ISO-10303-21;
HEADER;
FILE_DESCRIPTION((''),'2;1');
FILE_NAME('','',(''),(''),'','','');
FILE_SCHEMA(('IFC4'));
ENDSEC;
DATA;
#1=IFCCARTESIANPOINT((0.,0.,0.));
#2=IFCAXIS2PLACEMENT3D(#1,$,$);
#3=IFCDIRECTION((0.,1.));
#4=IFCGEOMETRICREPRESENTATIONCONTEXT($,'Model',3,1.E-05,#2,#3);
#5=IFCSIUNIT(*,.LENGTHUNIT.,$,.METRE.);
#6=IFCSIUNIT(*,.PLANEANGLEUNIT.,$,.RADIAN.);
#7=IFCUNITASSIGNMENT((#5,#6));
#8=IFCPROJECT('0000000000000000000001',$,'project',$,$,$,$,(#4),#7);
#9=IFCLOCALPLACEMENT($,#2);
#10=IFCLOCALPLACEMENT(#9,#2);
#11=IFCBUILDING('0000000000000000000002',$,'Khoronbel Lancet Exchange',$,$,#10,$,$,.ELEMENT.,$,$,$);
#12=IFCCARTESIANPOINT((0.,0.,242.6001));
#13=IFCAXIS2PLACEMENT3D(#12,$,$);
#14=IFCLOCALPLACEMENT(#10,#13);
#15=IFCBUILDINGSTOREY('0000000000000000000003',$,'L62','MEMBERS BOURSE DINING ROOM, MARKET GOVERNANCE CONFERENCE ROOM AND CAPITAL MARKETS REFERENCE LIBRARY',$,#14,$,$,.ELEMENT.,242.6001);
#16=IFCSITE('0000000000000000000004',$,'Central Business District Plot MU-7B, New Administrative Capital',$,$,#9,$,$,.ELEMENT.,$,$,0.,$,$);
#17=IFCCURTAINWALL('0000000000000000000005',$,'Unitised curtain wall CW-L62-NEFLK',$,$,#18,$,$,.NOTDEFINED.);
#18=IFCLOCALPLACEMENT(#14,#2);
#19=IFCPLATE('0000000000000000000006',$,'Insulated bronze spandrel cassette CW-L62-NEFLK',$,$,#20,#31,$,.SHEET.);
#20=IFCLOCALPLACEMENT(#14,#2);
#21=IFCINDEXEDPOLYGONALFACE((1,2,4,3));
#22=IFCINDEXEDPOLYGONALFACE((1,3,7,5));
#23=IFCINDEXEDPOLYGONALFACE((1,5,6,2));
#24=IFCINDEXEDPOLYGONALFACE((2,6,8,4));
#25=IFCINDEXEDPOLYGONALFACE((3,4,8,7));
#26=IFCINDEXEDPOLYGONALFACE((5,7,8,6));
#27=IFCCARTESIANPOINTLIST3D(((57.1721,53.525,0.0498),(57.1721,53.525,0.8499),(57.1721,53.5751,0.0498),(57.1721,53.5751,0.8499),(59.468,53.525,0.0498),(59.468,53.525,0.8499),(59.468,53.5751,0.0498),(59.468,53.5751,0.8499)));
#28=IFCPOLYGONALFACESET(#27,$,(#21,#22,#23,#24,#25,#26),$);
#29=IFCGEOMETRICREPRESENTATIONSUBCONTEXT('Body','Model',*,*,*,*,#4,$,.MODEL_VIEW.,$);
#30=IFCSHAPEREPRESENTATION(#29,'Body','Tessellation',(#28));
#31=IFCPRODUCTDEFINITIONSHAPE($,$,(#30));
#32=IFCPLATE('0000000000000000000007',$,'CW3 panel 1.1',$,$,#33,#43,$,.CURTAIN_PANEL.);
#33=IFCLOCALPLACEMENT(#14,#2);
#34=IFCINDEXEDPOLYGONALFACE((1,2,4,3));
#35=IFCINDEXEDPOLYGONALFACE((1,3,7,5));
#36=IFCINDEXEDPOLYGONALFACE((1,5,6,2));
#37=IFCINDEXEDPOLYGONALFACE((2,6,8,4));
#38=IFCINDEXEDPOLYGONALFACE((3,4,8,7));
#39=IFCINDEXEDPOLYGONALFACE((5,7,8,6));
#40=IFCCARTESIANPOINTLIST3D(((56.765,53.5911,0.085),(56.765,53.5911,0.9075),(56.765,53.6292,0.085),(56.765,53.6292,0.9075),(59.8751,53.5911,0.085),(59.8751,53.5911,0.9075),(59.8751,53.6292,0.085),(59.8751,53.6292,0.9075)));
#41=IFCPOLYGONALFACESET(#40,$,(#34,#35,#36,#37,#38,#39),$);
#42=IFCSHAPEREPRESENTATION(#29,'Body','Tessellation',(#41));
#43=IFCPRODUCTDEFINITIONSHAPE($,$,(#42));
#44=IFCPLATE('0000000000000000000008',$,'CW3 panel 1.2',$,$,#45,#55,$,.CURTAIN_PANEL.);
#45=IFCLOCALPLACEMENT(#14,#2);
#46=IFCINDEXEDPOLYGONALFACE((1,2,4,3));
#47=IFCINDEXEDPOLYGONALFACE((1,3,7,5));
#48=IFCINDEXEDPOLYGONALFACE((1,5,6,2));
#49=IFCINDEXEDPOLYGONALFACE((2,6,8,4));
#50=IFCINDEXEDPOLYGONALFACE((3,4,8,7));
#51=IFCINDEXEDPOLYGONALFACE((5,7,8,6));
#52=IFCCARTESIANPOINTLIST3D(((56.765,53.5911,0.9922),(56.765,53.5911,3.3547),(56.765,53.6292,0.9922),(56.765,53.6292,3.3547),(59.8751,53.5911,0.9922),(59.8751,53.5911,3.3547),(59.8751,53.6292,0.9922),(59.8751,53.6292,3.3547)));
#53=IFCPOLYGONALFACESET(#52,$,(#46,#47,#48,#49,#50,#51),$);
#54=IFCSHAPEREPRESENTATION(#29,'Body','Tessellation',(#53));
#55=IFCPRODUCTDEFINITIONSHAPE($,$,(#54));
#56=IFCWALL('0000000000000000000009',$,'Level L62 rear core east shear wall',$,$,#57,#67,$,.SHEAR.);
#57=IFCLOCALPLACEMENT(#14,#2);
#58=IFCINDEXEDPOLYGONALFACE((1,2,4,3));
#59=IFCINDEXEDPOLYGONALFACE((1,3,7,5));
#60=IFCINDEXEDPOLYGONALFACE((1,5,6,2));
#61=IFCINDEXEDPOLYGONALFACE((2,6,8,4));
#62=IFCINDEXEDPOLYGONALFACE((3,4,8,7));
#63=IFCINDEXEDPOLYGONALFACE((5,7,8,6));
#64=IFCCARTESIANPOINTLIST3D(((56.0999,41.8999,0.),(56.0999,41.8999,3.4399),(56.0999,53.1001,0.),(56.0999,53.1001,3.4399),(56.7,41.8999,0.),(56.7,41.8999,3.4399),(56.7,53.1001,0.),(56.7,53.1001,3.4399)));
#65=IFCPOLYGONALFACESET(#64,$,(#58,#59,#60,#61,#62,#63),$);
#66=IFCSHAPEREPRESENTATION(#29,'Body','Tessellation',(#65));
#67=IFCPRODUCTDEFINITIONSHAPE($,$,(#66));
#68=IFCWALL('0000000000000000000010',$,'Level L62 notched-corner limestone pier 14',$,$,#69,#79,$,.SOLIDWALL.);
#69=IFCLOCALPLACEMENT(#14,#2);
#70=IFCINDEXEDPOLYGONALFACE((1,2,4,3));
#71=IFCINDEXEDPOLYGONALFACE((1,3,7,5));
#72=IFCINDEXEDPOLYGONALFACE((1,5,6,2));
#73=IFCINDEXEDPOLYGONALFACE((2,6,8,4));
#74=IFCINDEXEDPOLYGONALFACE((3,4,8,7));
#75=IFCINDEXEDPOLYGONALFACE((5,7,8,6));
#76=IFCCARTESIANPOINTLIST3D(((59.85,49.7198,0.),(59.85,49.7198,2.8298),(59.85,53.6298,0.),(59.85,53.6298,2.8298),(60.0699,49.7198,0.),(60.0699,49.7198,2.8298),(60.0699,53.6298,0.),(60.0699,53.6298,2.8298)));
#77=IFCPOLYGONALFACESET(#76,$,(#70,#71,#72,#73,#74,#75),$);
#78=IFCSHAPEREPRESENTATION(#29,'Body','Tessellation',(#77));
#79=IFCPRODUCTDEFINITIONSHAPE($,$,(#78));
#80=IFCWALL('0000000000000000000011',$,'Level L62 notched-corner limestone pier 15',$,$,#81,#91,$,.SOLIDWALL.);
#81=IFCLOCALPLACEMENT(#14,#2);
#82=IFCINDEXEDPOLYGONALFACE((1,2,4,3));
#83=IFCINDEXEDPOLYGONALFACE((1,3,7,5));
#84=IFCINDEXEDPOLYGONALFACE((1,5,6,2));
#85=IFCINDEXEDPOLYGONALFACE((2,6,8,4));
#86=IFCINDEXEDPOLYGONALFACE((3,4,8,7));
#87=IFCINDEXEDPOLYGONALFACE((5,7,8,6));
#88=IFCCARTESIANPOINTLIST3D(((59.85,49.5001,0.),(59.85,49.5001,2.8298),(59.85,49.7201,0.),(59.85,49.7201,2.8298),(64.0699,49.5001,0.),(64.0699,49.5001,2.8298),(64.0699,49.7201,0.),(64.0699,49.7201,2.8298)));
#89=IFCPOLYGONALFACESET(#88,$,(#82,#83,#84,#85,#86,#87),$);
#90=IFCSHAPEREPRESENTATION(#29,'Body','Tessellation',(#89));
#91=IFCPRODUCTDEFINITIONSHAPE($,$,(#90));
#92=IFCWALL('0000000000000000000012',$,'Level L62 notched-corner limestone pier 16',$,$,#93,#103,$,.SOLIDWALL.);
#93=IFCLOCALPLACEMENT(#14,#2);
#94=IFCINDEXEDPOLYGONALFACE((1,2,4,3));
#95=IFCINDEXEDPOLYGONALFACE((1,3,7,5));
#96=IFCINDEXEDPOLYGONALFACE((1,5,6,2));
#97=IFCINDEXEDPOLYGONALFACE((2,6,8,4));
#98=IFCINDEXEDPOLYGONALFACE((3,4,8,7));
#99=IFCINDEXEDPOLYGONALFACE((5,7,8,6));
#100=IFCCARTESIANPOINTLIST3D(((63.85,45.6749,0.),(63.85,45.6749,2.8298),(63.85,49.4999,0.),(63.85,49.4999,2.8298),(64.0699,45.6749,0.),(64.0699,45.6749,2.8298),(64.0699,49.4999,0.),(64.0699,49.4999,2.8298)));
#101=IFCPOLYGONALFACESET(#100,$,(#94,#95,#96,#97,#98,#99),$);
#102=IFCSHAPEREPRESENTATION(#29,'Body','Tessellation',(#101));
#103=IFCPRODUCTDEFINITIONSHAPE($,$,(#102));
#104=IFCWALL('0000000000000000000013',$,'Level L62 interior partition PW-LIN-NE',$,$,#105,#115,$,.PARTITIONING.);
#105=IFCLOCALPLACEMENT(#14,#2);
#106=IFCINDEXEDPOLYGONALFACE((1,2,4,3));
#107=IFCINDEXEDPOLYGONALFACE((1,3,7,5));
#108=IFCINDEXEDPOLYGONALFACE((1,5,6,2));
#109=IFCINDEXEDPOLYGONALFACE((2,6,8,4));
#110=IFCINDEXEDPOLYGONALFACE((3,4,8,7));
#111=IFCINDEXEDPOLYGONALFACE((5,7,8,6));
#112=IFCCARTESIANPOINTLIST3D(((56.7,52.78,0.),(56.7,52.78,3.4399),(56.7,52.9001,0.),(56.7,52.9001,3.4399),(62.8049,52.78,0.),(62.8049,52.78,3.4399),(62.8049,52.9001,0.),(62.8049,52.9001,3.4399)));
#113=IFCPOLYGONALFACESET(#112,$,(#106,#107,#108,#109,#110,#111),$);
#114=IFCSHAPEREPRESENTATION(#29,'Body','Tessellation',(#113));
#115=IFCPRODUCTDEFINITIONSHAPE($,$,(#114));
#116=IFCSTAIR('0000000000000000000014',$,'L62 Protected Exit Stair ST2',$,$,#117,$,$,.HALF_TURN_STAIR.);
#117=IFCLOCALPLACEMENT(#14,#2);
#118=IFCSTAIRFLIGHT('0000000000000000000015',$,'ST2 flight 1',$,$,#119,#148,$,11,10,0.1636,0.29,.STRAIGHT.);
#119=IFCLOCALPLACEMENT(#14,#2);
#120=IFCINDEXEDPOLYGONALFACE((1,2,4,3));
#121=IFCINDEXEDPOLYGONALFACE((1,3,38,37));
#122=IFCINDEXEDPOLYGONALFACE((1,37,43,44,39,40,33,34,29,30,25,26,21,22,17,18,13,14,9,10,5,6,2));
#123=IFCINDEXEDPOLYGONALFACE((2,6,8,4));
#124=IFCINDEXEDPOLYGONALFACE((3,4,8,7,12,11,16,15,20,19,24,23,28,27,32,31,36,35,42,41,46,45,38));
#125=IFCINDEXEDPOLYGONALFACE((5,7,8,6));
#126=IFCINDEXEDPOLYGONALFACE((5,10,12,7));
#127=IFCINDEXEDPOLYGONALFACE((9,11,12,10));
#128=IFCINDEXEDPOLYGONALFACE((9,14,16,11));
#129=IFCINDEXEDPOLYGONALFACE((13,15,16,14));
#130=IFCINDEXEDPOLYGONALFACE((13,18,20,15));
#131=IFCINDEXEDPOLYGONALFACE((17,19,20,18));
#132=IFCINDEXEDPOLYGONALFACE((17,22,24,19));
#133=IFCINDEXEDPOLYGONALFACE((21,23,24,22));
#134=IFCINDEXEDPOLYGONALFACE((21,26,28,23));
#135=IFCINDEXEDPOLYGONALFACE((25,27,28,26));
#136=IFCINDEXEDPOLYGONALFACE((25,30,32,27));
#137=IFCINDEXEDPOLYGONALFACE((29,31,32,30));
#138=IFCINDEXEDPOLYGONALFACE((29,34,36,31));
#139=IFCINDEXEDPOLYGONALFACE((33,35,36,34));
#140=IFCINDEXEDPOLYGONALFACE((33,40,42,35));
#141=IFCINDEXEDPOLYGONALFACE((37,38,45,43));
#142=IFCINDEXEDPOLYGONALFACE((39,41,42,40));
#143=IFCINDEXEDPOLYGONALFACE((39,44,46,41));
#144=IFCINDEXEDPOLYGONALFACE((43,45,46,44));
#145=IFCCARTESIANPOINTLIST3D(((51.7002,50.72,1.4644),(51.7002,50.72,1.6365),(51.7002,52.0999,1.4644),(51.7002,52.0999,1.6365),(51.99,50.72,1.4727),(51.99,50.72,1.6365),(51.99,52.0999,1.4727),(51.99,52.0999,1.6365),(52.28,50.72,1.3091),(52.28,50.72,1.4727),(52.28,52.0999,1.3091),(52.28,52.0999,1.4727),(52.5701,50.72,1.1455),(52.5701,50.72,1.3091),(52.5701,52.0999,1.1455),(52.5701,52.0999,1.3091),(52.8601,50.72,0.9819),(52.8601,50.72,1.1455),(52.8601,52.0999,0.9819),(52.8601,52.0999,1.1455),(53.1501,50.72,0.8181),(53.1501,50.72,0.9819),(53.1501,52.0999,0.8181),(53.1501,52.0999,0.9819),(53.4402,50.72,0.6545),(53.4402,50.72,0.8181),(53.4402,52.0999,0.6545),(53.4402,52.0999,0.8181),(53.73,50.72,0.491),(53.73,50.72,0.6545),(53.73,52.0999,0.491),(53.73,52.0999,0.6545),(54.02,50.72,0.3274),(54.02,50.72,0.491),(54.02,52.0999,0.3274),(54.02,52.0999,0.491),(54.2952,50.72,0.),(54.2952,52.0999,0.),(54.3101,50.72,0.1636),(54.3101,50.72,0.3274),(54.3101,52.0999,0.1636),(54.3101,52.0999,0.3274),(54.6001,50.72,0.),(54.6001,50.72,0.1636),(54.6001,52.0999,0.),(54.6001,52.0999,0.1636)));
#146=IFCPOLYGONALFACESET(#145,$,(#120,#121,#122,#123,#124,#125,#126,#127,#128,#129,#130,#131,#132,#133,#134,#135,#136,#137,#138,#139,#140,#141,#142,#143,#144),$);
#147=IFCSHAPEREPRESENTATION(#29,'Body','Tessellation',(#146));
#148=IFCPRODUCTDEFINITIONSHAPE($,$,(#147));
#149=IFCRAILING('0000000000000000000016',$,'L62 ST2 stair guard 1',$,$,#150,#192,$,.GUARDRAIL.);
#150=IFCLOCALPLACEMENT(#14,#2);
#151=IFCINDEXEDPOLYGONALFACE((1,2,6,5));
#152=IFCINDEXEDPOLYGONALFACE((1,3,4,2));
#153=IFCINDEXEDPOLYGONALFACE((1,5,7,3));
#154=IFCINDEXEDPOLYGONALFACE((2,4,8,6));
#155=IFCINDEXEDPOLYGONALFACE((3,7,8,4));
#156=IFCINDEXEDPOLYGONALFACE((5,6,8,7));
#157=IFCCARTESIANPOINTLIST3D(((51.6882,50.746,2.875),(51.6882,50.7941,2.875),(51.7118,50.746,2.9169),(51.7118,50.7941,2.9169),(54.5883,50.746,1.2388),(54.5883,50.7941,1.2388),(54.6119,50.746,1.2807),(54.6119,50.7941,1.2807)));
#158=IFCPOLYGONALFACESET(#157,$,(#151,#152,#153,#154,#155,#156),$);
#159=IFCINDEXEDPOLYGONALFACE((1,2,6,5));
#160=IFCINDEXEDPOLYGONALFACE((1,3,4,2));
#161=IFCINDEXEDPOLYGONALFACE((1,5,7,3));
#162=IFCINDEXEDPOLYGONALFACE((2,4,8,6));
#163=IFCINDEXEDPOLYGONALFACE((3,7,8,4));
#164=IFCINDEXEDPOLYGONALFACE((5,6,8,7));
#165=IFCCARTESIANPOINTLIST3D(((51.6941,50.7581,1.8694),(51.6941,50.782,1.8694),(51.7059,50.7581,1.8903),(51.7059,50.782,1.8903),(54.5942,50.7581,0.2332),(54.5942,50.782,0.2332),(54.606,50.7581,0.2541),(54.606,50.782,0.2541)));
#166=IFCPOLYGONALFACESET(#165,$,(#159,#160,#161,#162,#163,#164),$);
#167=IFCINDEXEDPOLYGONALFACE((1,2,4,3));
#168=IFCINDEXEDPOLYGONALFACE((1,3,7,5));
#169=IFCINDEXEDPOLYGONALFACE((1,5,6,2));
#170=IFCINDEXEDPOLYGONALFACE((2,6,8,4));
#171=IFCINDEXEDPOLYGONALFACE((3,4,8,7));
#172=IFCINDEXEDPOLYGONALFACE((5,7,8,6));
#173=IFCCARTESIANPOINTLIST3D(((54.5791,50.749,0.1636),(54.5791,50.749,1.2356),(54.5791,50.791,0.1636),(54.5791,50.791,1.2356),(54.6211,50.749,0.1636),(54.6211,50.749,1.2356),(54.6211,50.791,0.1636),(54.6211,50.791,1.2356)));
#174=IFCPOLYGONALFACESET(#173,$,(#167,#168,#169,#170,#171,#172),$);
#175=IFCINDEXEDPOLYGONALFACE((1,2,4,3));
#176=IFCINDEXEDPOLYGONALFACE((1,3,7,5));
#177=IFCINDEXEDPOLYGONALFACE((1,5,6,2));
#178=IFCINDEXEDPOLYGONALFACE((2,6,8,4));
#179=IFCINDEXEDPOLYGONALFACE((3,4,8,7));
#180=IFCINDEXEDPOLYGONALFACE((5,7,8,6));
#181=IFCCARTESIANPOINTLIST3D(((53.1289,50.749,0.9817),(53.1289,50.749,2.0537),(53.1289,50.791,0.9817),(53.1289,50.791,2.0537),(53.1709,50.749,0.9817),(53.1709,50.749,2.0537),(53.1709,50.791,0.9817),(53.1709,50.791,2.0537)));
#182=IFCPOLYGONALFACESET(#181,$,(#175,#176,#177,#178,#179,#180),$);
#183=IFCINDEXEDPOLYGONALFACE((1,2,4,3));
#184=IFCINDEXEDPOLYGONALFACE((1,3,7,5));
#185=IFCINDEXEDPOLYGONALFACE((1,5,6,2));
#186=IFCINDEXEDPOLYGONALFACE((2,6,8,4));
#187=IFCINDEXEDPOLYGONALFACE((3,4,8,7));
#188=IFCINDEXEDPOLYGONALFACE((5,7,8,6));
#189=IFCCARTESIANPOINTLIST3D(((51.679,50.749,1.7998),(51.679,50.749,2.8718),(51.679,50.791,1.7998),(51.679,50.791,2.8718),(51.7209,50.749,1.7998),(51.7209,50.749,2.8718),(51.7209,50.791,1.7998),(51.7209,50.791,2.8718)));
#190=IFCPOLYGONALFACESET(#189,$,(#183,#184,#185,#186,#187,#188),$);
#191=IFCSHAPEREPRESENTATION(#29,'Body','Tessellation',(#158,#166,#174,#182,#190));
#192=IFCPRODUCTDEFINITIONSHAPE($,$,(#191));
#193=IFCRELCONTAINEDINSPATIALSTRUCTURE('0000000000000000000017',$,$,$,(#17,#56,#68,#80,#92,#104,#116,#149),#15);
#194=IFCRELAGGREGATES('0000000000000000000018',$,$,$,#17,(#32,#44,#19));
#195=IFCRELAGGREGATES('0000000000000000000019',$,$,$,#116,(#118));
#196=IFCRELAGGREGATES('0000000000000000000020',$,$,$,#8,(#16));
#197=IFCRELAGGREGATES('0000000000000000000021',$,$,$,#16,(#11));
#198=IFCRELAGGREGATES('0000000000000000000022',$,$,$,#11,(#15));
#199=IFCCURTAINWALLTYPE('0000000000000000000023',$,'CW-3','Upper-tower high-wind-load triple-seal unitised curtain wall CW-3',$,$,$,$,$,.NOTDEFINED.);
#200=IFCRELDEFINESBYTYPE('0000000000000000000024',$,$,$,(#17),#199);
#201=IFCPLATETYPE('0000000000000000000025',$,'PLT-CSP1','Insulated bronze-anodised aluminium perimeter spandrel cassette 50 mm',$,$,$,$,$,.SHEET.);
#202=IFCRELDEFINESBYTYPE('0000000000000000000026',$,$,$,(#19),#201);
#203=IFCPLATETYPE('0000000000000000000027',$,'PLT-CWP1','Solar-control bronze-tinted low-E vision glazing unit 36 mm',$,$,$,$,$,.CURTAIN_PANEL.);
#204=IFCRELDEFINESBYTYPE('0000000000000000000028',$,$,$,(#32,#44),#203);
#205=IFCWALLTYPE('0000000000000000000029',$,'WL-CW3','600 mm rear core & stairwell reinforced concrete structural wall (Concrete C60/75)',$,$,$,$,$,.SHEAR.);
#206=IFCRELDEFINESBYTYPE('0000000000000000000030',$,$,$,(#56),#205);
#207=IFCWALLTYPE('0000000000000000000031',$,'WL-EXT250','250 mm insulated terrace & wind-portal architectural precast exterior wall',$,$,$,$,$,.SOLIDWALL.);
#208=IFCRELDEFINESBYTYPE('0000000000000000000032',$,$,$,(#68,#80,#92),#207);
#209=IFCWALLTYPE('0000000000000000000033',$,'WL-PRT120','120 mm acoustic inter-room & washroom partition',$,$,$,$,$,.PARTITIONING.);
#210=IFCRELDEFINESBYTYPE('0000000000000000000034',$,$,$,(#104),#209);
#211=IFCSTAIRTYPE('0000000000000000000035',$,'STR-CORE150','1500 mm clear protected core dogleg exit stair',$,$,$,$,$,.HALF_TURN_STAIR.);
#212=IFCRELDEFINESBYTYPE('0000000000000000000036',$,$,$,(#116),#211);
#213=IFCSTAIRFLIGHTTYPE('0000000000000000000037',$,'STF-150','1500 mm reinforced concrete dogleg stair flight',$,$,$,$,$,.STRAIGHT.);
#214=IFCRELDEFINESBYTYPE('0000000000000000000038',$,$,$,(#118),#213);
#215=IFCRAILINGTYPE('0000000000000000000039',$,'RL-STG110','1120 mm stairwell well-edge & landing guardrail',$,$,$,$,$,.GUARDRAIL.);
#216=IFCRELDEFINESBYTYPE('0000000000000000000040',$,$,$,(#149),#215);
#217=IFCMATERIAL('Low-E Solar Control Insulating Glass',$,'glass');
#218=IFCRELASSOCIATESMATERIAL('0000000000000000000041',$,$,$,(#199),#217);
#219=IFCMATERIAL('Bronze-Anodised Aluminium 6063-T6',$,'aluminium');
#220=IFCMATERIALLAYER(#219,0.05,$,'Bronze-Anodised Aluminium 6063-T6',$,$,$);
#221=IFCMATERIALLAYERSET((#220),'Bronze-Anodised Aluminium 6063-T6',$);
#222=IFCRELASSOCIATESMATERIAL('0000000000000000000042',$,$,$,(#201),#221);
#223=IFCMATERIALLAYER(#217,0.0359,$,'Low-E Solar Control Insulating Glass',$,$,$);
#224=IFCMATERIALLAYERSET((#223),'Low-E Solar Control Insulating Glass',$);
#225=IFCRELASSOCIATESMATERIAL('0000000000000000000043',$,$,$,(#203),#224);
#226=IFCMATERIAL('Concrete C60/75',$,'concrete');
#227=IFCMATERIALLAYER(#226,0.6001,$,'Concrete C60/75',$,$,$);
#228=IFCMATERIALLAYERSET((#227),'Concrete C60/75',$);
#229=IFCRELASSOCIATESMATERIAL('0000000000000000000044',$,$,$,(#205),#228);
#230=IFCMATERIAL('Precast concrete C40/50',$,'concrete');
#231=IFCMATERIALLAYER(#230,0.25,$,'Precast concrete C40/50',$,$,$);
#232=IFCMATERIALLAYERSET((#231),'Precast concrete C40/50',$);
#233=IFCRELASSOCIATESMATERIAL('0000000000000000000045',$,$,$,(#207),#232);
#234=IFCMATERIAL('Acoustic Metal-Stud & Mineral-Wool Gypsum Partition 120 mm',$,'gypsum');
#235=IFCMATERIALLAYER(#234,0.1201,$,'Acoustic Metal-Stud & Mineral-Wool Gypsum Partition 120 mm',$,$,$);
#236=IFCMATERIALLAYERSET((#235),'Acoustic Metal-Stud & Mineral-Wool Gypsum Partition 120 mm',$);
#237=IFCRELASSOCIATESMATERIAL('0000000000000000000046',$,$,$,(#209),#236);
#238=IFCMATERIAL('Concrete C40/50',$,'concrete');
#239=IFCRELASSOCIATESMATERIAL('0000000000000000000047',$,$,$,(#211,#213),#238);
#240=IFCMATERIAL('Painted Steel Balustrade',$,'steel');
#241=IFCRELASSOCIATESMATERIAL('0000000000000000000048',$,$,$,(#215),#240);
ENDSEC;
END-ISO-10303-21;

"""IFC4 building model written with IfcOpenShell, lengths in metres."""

from ifc_helpers import new_model, si_unit, direction, frame, frame_2d, origin, origin_2d, place, context, subcontext, project, spatial, polyline, rectangle, outline, extrude, material, layer, layer_set, type_object, element, aggregate, save


model = new_model("IFC4")

# Units and contexts
model_context = context("Model", 3, precision=1e-05, world=origin(), true_north=direction((0.0, 1.0)))
body_context = subcontext(model_context, "Body", "Model", "MODEL_VIEW")
ifc_project = project(units=[si_unit("LENGTHUNIT", "METRE"), si_unit("PLANEANGLEUNIT", "RADIAN")], contexts=[model_context])

# Site, building, storey
site_placement = place(None, origin())
site = spatial("IfcSite", under=ifc_project, at=site_placement, Name="Central Business District Plot MU-7B, New Administrative Capital", CompositionType="ELEMENT", RefElevation=0.0)
building_placement = place(site_placement, origin())
building = spatial("IfcBuilding", under=site, at=building_placement, Name="Khoronbel Lancet Exchange", CompositionType="ELEMENT")
storey_placement = place(building_placement, frame((0.0, 0.0, 242.6001)))
storey = spatial("IfcBuildingStorey", under=building, at=storey_placement, Name="L62", Description="MEMBERS BOURSE DINING ROOM, MARKET GOVERNANCE CONFERENCE ROOM AND CAPITAL MARKETS REFERENCE LIBRARY", CompositionType="ELEMENT", Elevation=242.6001)

# Curtain wall, plates
ifc_material_1 = material(Name="Low-E Solar Control Insulating Glass", Category="glass")
curtain_wall_type = type_object("IfcCurtainWallType", Name="CW-3", Description="Upper-tower high-wind-load triple-seal unitised curtain wall CW-3", PredefinedType="NOTDEFINED", material=ifc_material_1)
curtain_wall_placement = place(storey_placement, origin())
curtain_wall = element("IfcCurtainWall", 1, at=curtain_wall_placement, inside=storey, type_object=curtain_wall_type, Name="Unitised curtain wall CW-L62-NEFLK", PredefinedType="NOTDEFINED")
ifc_material_2 = material(Name="Bronze-Anodised Aluminium 6063-T6", Category="aluminium")
ifc_layer_1 = layer(ifc_material_2, 0.05, Name="Bronze-Anodised Aluminium 6063-T6")
ifc_layer_set_1 = layer_set([ifc_layer_1], Name="Bronze-Anodised Aluminium 6063-T6")
plate_type_1 = type_object("IfcPlateType", Name="PLT-CSP1", Description="Insulated bronze-anodised aluminium perimeter spandrel cassette 50 mm", PredefinedType="SHEET", material=ifc_layer_set_1)
plate_1_placement = place(storey_placement, frame((58.3201, 53.55, 0.0498), z_axis=(0.0, 0.0, 1.0), x_axis=(-1.0, 0.0, 0.0)))
plate_1 = element("IfcPlate", 2, at=plate_1_placement, type_object=plate_type_1, Name="Insulated bronze spandrel cassette CW-L62-NEFLK", PredefinedType="SHEET", context=body_context, shape_type="SweptSolid", body=[
    extrude(rectangle(XDim=2.2959, YDim=0.05, at=origin_2d()), origin(), (0.0, 0.0, 1.0), 0.8),
])
ifc_layer_2 = layer(ifc_material_1, 0.0359, Name="Low-E Solar Control Insulating Glass")
ifc_layer_set_2 = layer_set([ifc_layer_2], Name="Low-E Solar Control Insulating Glass")
plate_type_2 = type_object("IfcPlateType", Name="PLT-CWP1", Description="Solar-control bronze-tinted low-E vision glazing unit 36 mm", PredefinedType="CURTAIN_PANEL", material=ifc_layer_set_2)
plate_2_placement = place(storey_placement, frame((58.3201, 53.6101, 0.085), z_axis=(0.0, 0.0, 1.0), x_axis=(-1.0, 0.0, 0.0)))
plate_2 = element("IfcPlate", 3, at=plate_2_placement, type_object=plate_type_2, Name="CW3 panel 1.1", PredefinedType="CURTAIN_PANEL", context=body_context, shape_type="SweptSolid", body=[
    extrude(rectangle(XDim=3.1101, YDim=0.0381, at=origin_2d()), origin(), (0.0, 0.0, 1.0), 0.8225),
])
plate_3_placement = place(storey_placement, frame((58.3201, 53.6101, 0.9922), z_axis=(0.0, 0.0, 1.0), x_axis=(-1.0, 0.0, 0.0)))
plate_3 = element("IfcPlate", 4, at=plate_3_placement, type_object=plate_type_2, Name="CW3 panel 1.2", PredefinedType="CURTAIN_PANEL", context=body_context, shape_type="SweptSolid", body=[
    extrude(rectangle(XDim=3.1101, YDim=0.0381, at=origin_2d()), origin(), (0.0, 0.0, 1.0), 2.3625),
])
aggregate(curtain_wall, [plate_2, plate_3, plate_1])

# Walls
ifc_material_3 = material(Name="Concrete C60/75", Category="concrete")
ifc_layer_3 = layer(ifc_material_3, 0.6001, Name="Concrete C60/75")
ifc_layer_set_3 = layer_set([ifc_layer_3], Name="Concrete C60/75")
wall_type_1 = type_object("IfcWallType", Name="WL-CW3", Description="600 mm rear core & stairwell reinforced concrete structural wall (Concrete C60/75)", PredefinedType="SHEAR", material=ifc_layer_set_3)
wall_1_placement = place(storey_placement, frame((56.3999, 53.1001, 0.0), z_axis=(0.0, 0.0, 1.0), x_axis=(0.0, -1.0, 0.0)))
element("IfcWall", 5, at=wall_1_placement, inside=storey, type_object=wall_type_1, Name="Level L62 rear core east shear wall", PredefinedType="SHEAR", context=body_context, shape_type="SweptSolid", body=[
    extrude(rectangle(XDim=11.2002, YDim=0.6001, at=frame_2d((5.6001, 0.0))), origin(), (0.0, 0.0, 1.0), 3.4399),
])
ifc_material_4 = material(Name="Precast concrete C40/50", Category="concrete")
ifc_layer_4 = layer(ifc_material_4, 0.25, Name="Precast concrete C40/50")
ifc_layer_set_4 = layer_set([ifc_layer_4], Name="Precast concrete C40/50")
wall_type_2 = type_object("IfcWallType", Name="WL-EXT250", Description="250 mm insulated terrace & wind-portal architectural precast exterior wall", PredefinedType="SOLIDWALL", material=ifc_layer_set_4)
wall_2_placement = place(storey_placement, frame((59.96, 53.6299, 0.0), z_axis=(0.0, 0.0, 1.0), x_axis=(0.0, -1.0, 0.0)))
element("IfcWall", 6, at=wall_2_placement, inside=storey, type_object=wall_type_2, Name="Level L62 notched-corner limestone pier 14", PredefinedType="SOLIDWALL", context=body_context, shape_type="SweptSolid", body=[
    extrude(rectangle(XDim=3.9099, YDim=0.22, at=frame_2d((1.9551, 0.0))), origin(), (0.0, 0.0, 1.0), 2.8298),
])
wall_3_placement = place(storey_placement, frame((59.8501, 49.6101, 0.0), z_axis=(0.0, 0.0, 1.0), x_axis=(1.0, 0.0, 0.0)))
element("IfcWall", 7, at=wall_3_placement, inside=storey, type_object=wall_type_2, Name="Level L62 notched-corner limestone pier 15", PredefinedType="SOLIDWALL", context=body_context, shape_type="SweptSolid", body=[
    extrude(rectangle(XDim=4.22, YDim=0.22, at=frame_2d((2.1099, 0.0))), origin(), (0.0, 0.0, 1.0), 2.8298),
])
wall_4_placement = place(storey_placement, frame((63.96, 49.5, 0.0), z_axis=(0.0, 0.0, 1.0), x_axis=(0.0, -1.0, 0.0)))
element("IfcWall", 8, at=wall_4_placement, inside=storey, type_object=wall_type_2, Name="Level L62 notched-corner limestone pier 16", PredefinedType="SOLIDWALL", context=body_context, shape_type="SweptSolid", body=[
    extrude(rectangle(XDim=3.825, YDim=0.22, at=frame_2d((1.9126, 0.0))), origin(), (0.0, 0.0, 1.0), 2.8298),
])
ifc_material_5 = material(Name="Acoustic Metal-Stud & Mineral-Wool Gypsum Partition 120 mm", Category="gypsum")
ifc_layer_5 = layer(ifc_material_5, 0.1201, Name="Acoustic Metal-Stud & Mineral-Wool Gypsum Partition 120 mm")
ifc_layer_set_5 = layer_set([ifc_layer_5], Name="Acoustic Metal-Stud & Mineral-Wool Gypsum Partition 120 mm")
wall_type_3 = type_object("IfcWallType", Name="WL-PRT120", Description="120 mm acoustic inter-room & washroom partition", PredefinedType="PARTITIONING", material=ifc_layer_set_5)
wall_5_placement = place(storey_placement, frame((56.7, 52.8401, 0.0), z_axis=(0.0, 0.0, 1.0), x_axis=(1.0, 0.0, 0.0)))
element("IfcWall", 9, at=wall_5_placement, inside=storey, type_object=wall_type_3, Name="Level L62 interior partition PW-LIN-NE", PredefinedType="PARTITIONING", context=body_context, shape_type="SweptSolid", body=[
    extrude(rectangle(XDim=6.105, YDim=0.1201, at=frame_2d((3.0525, 0.0))), origin(), (0.0, 0.0, 1.0), 3.4399),
])

# Stair, stair flight
ifc_material_6 = material(Name="Concrete C40/50", Category="concrete")
stair_type = type_object("IfcStairType", Name="STR-CORE150", Description="1500 mm clear protected core dogleg exit stair", PredefinedType="HALF_TURN_STAIR", material=ifc_material_6)
stair_placement = place(storey_placement, origin())
stair = element("IfcStair", 10, at=stair_placement, inside=storey, type_object=stair_type, Name="L62 Protected Exit Stair ST2", PredefinedType="HALF_TURN_STAIR")
stair_flight_type = type_object("IfcStairFlightType", Name="STF-150", Description="1500 mm reinforced concrete dogleg stair flight", PredefinedType="STRAIGHT", material=ifc_material_6)
stair_flight_placement = place(storey_placement, frame((54.6001, 51.4099, 0.0), z_axis=(0.0, 0.0, 1.0), x_axis=(-1.0, 0.0, 0.0)))
stair_flight = element("IfcStairFlight", 11, at=stair_flight_placement, type_object=stair_flight_type, Name="ST2 flight 1", NumberOfRisers=11, NumberOfTreads=10, PredefinedType="STRAIGHT", RiserHeight=0.1636, TreadLength=0.29, context=body_context, shape_type="SweptSolid", body=[
    extrude(outline(polyline([(0.0, 0.0), (0.0, 0.1636), (0.29, 0.1636), (0.29, 0.3274), (0.5801, 0.3274), (0.5801, 0.491), (0.8701, 0.491), (0.8701, 0.6545), (1.1599, 0.6545), (1.1599, 0.8181), (1.45, 0.8181), (1.45, 0.9819), (1.74, 0.9819), (1.74, 1.1455), (2.03, 1.1455), (2.03, 1.3091), (2.3201, 1.3091), (2.3201, 1.4727), (2.6101, 1.4727), (2.6101, 1.6365), (2.8999, 1.6365), (2.8999, 1.8), (2.8999, 1.4644), (0.3049, 0.0), (0.0, 0.0)])), frame((0.0, 0.6899, 0.0), z_axis=(0.0, -1.0, 0.0), x_axis=(1.0, 0.0, 0.0)), (0.0, 0.0, 1.0), 1.3799),
])
aggregate(stair, [stair_flight])

# Railing
ifc_material_7 = material(Name="Painted Steel Balustrade", Category="steel")
railing_type_1 = type_object("IfcRailingType", Name="RL-STG110", Description="1120 mm stairwell well-edge & landing guardrail", PredefinedType="GUARDRAIL", material=ifc_material_7)
railing_1_placement = place(storey_placement, frame((54.6001, 50.77, 0.1636)))
element("IfcRailing", 12, at=railing_1_placement, inside=storey, type_object=railing_type_1, Name="L62 ST2 stair guard 1", PredefinedType="GUARDRAIL", context=body_context, shape_type="SweptSolid", body=[
    extrude(rectangle(XDim=0.0481, YDim=0.0481, at=origin_2d()), frame((0.0, 0.0, 1.0962), z_axis=(-0.870946, 0.0, 0.491378), x_axis=(0.0, -1.0, 0.0)), (0.0, 0.0, 1.0), 3.3298),
    extrude(rectangle(XDim=0.0239, YDim=0.0239, at=origin_2d()), frame((0.0, 0.0, 0.0801), z_axis=(-0.870946, 0.0, 0.491378), x_axis=(0.0, -1.0, 0.0)), (0.0, 0.0, 1.0), 3.3298),
    extrude(rectangle(XDim=0.042, YDim=0.042, at=origin_2d()), origin(), (0.0, 0.0, 1.0), 1.072),
    extrude(rectangle(XDim=0.042, YDim=0.042, at=origin_2d()), frame((-1.4502, 0.0, 0.8181)), (0.0, 0.0, 1.0), 1.072),
    extrude(rectangle(XDim=0.042, YDim=0.042, at=origin_2d()), frame((-2.9001, 0.0, 1.6362)), (0.0, 0.0, 1.0), 1.072),
])

save(model, "model.ifc")
